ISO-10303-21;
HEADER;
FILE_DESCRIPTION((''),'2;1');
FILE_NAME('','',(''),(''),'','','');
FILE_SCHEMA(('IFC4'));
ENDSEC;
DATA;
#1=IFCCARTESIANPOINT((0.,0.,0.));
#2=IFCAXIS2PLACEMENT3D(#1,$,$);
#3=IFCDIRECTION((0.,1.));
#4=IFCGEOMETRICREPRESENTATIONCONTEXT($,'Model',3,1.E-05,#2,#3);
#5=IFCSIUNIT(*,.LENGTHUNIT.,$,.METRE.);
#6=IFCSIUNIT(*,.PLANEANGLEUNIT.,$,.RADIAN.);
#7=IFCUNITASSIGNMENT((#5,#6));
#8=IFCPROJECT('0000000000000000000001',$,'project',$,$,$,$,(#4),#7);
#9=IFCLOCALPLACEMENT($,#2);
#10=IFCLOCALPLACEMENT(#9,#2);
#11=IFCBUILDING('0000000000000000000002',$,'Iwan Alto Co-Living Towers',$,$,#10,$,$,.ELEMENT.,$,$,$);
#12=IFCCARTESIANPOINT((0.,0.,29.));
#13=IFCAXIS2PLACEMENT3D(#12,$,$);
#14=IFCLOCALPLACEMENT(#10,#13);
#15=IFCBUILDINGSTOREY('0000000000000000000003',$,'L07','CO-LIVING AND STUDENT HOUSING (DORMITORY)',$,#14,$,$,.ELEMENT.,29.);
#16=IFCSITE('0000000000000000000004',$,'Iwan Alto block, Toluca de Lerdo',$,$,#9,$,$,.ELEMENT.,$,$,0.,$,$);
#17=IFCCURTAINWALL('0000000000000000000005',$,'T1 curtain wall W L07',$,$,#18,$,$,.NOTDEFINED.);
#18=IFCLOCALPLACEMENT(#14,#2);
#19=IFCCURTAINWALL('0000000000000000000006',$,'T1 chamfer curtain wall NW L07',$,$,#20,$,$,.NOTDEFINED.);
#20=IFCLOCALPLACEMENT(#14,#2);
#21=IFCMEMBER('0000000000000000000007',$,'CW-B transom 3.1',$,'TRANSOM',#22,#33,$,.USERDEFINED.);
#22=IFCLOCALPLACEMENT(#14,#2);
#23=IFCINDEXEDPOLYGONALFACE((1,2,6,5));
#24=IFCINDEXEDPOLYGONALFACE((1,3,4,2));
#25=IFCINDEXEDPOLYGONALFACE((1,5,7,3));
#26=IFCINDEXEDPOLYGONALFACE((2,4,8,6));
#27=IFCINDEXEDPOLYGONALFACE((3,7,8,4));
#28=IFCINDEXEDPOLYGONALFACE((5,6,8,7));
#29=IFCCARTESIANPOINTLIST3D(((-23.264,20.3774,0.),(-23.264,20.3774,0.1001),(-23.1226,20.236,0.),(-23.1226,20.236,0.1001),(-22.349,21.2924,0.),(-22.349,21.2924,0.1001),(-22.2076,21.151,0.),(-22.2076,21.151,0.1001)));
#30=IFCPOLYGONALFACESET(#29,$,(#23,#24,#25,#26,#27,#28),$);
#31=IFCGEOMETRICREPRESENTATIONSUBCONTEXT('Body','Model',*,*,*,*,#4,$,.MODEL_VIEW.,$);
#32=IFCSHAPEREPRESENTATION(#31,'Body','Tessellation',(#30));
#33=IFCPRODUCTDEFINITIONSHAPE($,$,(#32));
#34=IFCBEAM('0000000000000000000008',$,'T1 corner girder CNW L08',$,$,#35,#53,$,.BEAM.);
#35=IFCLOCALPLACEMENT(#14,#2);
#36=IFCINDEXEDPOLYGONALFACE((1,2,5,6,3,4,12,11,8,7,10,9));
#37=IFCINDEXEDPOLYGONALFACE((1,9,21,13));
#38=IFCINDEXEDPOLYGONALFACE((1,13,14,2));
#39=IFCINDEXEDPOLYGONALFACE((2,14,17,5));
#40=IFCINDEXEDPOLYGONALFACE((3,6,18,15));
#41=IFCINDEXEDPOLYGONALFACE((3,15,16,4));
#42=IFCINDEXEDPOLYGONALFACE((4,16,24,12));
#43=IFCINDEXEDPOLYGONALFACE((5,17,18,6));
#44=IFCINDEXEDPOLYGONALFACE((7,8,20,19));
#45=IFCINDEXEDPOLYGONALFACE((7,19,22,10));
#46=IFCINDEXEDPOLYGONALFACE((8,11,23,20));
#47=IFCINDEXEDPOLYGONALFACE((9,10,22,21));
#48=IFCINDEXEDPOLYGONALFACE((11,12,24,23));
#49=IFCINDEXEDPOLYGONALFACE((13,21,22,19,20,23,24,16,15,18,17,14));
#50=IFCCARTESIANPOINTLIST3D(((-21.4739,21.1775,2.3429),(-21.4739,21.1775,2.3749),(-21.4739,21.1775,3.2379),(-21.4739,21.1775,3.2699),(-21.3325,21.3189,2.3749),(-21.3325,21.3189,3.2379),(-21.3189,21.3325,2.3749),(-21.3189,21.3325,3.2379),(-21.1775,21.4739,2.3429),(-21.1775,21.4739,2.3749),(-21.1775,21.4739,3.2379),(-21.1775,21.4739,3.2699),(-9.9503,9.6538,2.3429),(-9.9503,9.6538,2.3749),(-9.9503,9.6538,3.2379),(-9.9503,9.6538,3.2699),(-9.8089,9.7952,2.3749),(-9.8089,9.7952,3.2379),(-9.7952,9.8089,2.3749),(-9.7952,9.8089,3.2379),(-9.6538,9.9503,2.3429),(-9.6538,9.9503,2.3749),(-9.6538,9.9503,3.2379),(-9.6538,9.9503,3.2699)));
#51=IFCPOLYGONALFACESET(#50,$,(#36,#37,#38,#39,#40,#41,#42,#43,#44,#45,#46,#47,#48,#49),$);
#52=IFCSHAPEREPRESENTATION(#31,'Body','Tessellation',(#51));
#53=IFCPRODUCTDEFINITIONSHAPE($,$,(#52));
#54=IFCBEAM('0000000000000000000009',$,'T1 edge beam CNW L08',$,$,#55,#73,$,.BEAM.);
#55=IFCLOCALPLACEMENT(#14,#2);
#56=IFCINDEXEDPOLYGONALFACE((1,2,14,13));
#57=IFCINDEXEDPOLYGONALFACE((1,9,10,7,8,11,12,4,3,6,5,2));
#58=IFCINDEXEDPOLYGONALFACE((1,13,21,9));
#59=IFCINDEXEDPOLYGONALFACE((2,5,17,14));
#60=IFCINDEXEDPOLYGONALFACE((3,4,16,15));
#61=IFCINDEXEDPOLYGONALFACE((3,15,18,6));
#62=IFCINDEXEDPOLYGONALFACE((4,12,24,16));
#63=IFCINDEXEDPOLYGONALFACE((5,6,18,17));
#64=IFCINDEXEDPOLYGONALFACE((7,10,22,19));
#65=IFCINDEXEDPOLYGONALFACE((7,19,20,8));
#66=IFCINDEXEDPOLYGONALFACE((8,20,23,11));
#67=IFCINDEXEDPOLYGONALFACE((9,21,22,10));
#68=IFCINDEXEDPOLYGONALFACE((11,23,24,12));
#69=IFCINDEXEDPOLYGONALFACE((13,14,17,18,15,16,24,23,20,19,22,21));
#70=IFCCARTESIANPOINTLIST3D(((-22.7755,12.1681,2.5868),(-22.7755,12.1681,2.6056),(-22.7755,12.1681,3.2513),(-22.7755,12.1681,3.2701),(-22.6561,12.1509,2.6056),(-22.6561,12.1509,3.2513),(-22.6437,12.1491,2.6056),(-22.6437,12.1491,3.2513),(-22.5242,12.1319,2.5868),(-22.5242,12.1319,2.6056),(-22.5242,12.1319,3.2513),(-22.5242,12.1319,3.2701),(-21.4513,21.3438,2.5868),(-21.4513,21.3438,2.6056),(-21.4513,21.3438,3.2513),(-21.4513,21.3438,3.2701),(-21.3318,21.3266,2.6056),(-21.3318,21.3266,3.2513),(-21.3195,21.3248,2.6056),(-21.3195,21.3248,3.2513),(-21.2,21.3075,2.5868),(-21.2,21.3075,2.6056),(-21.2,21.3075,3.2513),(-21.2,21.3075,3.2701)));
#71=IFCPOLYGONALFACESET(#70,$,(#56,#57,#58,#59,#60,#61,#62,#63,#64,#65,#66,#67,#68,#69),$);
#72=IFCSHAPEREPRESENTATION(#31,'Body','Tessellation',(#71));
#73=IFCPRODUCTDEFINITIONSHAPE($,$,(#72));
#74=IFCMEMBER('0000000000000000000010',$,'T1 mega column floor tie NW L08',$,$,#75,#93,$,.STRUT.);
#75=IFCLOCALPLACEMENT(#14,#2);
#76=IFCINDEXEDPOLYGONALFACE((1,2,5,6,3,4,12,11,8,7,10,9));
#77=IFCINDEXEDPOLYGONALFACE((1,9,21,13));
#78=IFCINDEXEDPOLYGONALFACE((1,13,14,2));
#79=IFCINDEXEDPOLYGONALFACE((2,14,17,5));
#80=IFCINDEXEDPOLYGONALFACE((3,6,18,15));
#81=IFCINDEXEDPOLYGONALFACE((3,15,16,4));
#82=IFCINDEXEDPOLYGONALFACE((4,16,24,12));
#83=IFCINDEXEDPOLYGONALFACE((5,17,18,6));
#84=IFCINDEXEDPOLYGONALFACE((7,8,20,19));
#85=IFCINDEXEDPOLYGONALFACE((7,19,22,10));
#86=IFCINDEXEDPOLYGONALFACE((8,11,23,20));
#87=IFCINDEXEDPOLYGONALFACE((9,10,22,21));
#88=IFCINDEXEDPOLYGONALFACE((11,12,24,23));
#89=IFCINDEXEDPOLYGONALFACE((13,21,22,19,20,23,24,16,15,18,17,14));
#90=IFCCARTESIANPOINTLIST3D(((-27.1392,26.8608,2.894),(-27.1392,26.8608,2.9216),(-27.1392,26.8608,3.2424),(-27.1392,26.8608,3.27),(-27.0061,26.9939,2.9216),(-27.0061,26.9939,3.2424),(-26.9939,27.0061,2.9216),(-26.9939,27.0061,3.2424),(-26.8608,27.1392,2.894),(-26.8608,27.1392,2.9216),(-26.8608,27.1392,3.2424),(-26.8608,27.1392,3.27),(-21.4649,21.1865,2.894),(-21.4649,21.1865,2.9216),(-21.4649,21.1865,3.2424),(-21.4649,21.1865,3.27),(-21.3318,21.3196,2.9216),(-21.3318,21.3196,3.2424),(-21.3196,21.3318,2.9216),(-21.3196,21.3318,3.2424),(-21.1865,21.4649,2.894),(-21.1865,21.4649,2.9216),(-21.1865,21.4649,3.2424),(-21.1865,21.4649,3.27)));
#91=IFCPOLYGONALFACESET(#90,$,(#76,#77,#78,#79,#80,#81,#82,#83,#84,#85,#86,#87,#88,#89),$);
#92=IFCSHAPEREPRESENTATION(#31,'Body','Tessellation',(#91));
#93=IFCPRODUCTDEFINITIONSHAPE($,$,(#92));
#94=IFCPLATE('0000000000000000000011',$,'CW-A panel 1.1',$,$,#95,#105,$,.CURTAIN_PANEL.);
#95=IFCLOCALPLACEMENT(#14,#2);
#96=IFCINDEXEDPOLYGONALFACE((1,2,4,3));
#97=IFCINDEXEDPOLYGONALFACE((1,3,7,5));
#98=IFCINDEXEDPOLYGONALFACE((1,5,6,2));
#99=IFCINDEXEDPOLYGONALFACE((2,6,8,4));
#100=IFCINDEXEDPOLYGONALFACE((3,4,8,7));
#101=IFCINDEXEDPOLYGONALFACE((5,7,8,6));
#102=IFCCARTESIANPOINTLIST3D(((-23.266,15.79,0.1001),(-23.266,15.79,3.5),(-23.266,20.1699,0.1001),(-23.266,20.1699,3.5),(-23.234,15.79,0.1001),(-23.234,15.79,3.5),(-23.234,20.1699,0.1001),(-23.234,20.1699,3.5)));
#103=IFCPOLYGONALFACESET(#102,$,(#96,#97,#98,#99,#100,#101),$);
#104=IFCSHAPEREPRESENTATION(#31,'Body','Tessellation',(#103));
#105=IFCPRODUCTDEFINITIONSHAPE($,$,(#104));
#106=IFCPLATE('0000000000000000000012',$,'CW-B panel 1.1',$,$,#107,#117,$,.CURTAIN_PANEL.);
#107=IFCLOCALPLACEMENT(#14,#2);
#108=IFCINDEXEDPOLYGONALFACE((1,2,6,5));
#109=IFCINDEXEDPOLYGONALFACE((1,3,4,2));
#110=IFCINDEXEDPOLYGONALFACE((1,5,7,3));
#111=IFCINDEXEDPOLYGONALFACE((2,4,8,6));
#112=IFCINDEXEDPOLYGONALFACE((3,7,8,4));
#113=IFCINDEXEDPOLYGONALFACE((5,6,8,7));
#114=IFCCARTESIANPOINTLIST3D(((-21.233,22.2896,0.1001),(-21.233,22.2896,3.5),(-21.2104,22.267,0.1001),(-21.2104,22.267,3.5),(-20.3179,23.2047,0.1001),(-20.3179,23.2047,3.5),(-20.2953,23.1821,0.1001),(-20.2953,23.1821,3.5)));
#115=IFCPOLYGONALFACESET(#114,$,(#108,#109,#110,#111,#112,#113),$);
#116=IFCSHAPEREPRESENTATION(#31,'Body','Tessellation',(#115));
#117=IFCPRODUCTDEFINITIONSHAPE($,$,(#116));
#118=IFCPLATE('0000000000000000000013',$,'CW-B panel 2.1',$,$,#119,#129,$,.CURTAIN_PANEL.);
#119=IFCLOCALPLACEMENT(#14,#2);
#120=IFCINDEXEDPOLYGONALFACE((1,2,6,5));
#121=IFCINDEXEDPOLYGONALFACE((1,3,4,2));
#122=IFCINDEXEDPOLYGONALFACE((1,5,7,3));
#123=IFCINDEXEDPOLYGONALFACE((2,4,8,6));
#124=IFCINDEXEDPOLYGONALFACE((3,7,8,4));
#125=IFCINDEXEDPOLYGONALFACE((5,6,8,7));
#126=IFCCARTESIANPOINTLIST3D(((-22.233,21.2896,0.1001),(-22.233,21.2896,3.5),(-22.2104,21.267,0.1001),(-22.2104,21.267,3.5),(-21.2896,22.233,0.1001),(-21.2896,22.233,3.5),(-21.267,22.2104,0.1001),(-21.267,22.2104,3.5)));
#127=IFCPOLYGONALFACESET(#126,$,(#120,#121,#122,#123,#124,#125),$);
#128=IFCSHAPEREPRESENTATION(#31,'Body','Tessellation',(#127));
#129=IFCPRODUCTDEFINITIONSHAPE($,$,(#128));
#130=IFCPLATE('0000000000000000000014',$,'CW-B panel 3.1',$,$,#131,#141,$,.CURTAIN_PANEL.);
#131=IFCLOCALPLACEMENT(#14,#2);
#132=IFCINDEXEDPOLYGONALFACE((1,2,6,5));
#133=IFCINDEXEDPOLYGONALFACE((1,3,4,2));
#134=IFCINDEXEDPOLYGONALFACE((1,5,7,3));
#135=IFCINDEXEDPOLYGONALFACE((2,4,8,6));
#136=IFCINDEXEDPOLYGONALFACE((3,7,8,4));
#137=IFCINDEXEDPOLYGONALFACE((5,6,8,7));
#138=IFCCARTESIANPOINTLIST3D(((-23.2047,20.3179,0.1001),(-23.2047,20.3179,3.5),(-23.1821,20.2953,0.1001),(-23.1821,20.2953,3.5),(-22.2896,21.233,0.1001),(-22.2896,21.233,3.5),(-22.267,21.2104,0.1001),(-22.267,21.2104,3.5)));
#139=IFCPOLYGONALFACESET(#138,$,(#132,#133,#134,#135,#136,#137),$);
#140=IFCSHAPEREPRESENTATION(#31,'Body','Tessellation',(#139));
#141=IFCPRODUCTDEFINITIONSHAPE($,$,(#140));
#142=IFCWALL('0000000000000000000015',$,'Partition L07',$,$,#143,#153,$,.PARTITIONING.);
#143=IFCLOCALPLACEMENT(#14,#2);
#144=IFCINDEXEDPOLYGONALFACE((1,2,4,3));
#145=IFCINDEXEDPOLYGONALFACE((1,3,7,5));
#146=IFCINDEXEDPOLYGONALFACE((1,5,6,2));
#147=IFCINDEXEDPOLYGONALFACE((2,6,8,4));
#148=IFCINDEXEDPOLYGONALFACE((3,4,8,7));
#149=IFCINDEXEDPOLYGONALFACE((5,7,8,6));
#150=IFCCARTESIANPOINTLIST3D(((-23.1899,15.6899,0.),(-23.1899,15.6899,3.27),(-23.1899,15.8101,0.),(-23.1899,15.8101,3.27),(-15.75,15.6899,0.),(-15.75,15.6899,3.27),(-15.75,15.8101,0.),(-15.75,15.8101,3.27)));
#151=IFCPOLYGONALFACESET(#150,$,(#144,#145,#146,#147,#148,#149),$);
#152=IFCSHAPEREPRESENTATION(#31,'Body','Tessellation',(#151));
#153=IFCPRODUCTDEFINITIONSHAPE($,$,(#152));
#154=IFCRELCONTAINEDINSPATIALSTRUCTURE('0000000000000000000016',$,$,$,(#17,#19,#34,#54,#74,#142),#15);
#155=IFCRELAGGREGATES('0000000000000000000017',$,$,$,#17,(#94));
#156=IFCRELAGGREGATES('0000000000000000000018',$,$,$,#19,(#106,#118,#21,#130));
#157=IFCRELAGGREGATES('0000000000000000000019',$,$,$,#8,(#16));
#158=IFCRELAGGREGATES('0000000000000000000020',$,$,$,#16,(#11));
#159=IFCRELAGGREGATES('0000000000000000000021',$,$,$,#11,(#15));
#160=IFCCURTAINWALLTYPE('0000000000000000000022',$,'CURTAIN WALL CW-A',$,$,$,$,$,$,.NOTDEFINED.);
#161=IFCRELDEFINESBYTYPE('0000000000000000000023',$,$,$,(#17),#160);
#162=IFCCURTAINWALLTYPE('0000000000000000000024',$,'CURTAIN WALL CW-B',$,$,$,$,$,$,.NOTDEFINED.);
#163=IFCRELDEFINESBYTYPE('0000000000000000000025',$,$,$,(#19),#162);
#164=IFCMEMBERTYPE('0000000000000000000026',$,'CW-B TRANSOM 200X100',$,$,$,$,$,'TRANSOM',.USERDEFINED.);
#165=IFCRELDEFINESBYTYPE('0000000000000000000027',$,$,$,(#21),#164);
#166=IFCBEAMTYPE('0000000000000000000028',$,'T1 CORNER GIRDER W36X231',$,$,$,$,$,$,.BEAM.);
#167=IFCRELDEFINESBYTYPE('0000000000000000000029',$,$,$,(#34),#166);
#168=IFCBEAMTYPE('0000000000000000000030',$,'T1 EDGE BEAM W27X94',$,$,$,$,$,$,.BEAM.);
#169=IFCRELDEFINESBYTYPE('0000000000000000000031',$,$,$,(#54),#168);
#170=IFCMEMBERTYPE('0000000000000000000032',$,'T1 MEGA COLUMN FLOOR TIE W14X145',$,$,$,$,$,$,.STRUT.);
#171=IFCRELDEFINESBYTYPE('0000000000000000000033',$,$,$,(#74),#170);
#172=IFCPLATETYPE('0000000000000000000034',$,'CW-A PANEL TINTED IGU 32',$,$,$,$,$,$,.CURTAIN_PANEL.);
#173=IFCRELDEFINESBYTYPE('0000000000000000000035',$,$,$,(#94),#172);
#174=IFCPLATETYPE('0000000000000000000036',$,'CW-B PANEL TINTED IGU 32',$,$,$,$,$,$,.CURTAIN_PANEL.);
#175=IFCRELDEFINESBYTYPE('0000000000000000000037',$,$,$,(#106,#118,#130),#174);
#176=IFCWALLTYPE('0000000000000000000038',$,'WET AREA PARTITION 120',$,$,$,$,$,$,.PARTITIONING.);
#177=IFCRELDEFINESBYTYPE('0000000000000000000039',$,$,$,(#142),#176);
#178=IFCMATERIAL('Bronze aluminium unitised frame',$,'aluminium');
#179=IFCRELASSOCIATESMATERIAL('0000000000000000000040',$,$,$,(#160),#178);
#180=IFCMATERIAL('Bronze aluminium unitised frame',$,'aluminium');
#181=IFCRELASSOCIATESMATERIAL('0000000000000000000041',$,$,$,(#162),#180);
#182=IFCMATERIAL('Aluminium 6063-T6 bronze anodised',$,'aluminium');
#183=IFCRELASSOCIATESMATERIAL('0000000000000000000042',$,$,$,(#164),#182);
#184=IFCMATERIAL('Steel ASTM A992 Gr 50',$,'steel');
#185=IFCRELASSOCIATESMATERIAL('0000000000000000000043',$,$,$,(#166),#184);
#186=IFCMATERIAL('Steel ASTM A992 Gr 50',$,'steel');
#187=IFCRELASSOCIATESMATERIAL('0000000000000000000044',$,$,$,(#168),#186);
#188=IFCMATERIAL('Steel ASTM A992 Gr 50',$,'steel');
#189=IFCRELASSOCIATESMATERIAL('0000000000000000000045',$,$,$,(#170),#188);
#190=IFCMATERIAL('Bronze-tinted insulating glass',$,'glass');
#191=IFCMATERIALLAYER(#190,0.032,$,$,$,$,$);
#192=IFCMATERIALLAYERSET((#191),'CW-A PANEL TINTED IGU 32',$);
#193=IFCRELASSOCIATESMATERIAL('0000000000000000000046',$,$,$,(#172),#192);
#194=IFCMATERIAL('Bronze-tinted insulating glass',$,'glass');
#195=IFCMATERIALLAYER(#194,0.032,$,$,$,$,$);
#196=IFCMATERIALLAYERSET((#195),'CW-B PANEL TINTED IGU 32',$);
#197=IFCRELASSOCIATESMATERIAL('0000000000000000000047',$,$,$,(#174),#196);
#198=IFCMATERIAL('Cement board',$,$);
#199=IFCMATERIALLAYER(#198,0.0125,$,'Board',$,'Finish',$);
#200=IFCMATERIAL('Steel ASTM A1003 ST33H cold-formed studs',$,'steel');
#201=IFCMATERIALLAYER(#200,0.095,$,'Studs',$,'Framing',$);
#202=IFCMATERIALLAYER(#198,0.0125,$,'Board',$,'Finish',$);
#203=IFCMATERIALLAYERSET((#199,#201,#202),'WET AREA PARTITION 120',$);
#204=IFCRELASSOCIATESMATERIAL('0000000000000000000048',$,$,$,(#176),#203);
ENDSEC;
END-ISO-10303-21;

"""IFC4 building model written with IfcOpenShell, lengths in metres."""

from ifc_helpers import new_model, si_unit, direction, frame, frame_2d, origin, origin_2d, place, context, subcontext, project, spatial, rectangle, i_section, extrude, material, layer, layer_set, material_profile, profile_set, type_object, element, aggregate, save


model = new_model("IFC4")

# Units and contexts
model_context = context("Model", 3, precision=1e-05, world=origin(), true_north=direction((0.0, 1.0)))
body_context = subcontext(model_context, "Body", "Model", "MODEL_VIEW")
ifc_project = project(units=[si_unit("LENGTHUNIT", "METRE"), si_unit("PLANEANGLEUNIT", "RADIAN")], contexts=[model_context])

# Site, building, storey
site_placement = place(None, origin())
site = spatial("IfcSite", under=ifc_project, at=site_placement, Name="Iwan Alto block, Toluca de Lerdo", CompositionType="ELEMENT", RefElevation=0.0)
building_placement = place(site_placement, origin())
building = spatial("IfcBuilding", under=site, at=building_placement, Name="Iwan Alto Co-Living Towers", CompositionType="ELEMENT")
storey_placement = place(building_placement, frame((0.0, 0.0, 29.0)))
storey = spatial("IfcBuildingStorey", under=building, at=storey_placement, Name="L07", Description="CO-LIVING AND STUDENT HOUSING (DORMITORY)", CompositionType="ELEMENT", Elevation=29.0)

# Shared definitions
ifc_material_1 = material(Name="Bronze aluminium unitised frame", Category="aluminium")
curtain_wall_type_1 = type_object("IfcCurtainWallType", Name="CURTAIN WALL CW-A", PredefinedType="NOTDEFINED", material=ifc_material_1)

# Curtain walls, member
curtain_wall_1_placement = place(storey_placement, origin())
curtain_wall_1 = element("IfcCurtainWall", 1, at=curtain_wall_1_placement, inside=storey, type_object=curtain_wall_type_1, Name="T1 curtain wall W L07", PredefinedType="NOTDEFINED")
ifc_material_2 = material(Name="Bronze aluminium unitised frame", Category="aluminium")
curtain_wall_type_2 = type_object("IfcCurtainWallType", Name="CURTAIN WALL CW-B", PredefinedType="NOTDEFINED", material=ifc_material_2)
curtain_wall_2_placement = place(storey_placement, origin())
curtain_wall_2 = element("IfcCurtainWall", 2, at=curtain_wall_2_placement, inside=storey, type_object=curtain_wall_type_2, Name="T1 chamfer curtain wall NW L07", PredefinedType="NOTDEFINED")
ifc_material_3 = material(Name="Aluminium 6063-T6 bronze anodised", Category="aluminium")
ifc_material_profile_1 = material_profile(ifc_material_3, rectangle(XDim=0.2, YDim=0.1001, at=origin_2d()), Name="AL 200X100")
ifc_profile_set_1 = profile_set([ifc_material_profile_1], Name="Aluminium 6063-T6 bronze anodised")
member_type_1 = type_object("IfcMemberType", Name="CW-B TRANSOM 200X100", ElementType="TRANSOM", PredefinedType="USERDEFINED", material=ifc_profile_set_1)
member_1_placement = place(storey_placement, frame((-22.2783, 21.2217, 0.05), z_axis=(-0.707107, -0.707107, 0.0), x_axis=(0.707107, -0.707107, 0.0)))
member_1 = element("IfcMember", 3, at=member_1_placement, type_object=member_type_1, Name="CW-B transom 3.1", ObjectType="TRANSOM", PredefinedType="USERDEFINED", context=body_context, shape_type="SweptSolid", body=[
    extrude(rectangle(XDim=0.2, YDim=0.1001, at=origin_2d()), origin(), (0.0, 0.0, 1.0), 1.2939),
])

# Beams
ifc_material_4 = material(Name="Steel ASTM A992 Gr 50", Category="steel")
ifc_material_profile_2 = material_profile(ifc_material_4, i_section(OverallWidth=0.4192, OverallDepth=0.927, WebThickness=0.0193, FlangeThickness=0.032, at=origin_2d()), Name="W36X231")
ifc_profile_set_2 = profile_set([ifc_material_profile_2], Name="Steel ASTM A992 Gr 50")
beam_type_1 = type_object("IfcBeamType", Name="T1 CORNER GIRDER W36X231", PredefinedType="BEAM", material=ifc_profile_set_2)
beam_1_placement = place(storey_placement, frame((-21.3257, 21.3257, 2.8064), z_axis=(0.707107, -0.707107, 0.0), x_axis=(0.707107, 0.707107, 0.0)))
element("IfcBeam", 4, at=beam_1_placement, inside=storey, type_object=beam_type_1, Name="T1 corner girder CNW L08", PredefinedType="BEAM", context=body_context, shape_type="SweptSolid", body=[
    extrude(i_section(OverallWidth=0.4192, OverallDepth=0.927, WebThickness=0.0193, FlangeThickness=0.032, at=origin_2d()), origin(), (0.0, 0.0, 1.0), 16.2969),
])
ifc_material_5 = material(Name="Steel ASTM A992 Gr 50", Category="steel")
ifc_material_profile_3 = material_profile(ifc_material_5, i_section(OverallWidth=0.2539, OverallDepth=0.6833, WebThickness=0.0125, FlangeThickness=0.0188, at=origin_2d()), Name="W27X94")
ifc_profile_set_3 = profile_set([ifc_material_profile_3], Name="Steel ASTM A992 Gr 50")
beam_type_2 = type_object("IfcBeamType", Name="T1 EDGE BEAM W27X94", PredefinedType="BEAM", material=ifc_profile_set_3)
beam_2_placement = place(storey_placement, frame((-21.3257, 21.3257, 2.9285), z_axis=(-0.142837, -0.989746, 0.0), x_axis=(0.989746, -0.142837, 0.0)))
element("IfcBeam", 5, at=beam_2_placement, inside=storey, type_object=beam_type_2, Name="T1 edge beam CNW L08", PredefinedType="BEAM", context=body_context, shape_type="SweptSolid", body=[
    extrude(i_section(OverallWidth=0.2539, OverallDepth=0.6833, WebThickness=0.0125, FlangeThickness=0.0188, at=origin_2d()), origin(), (0.0, 0.0, 1.0), 9.2708),
])

# Member
ifc_material_6 = material(Name="Steel ASTM A992 Gr 50", Category="steel")
ifc_material_profile_4 = material_profile(ifc_material_6, i_section(OverallWidth=0.3938, OverallDepth=0.376, WebThickness=0.0173, FlangeThickness=0.0276, at=origin_2d()), Name="W14X145")
ifc_profile_set_4 = profile_set([ifc_material_profile_4], Name="Steel ASTM A992 Gr 50")
member_type_2 = type_object("IfcMemberType", Name="T1 MEGA COLUMN FLOOR TIE W14X145", PredefinedType="STRUT", material=ifc_profile_set_4)
member_2_placement = place(storey_placement, frame((-27.0, 27.0, 3.082), z_axis=(0.707107, -0.707107, 0.0), x_axis=(0.707107, 0.707107, 0.0)))
element("IfcMember", 6, at=member_2_placement, inside=storey, type_object=member_type_2, Name="T1 mega column floor tie NW L08", PredefinedType="STRUT", context=body_context, shape_type="SweptSolid", body=[
    extrude(i_section(OverallWidth=0.3938, OverallDepth=0.376, WebThickness=0.0173, FlangeThickness=0.0276, at=origin_2d()), origin(), (0.0, 0.0, 1.0), 8.0247),
])

# Plates
ifc_material_7 = material(Name="Bronze-tinted insulating glass", Category="glass")
ifc_layer_1 = layer(ifc_material_7, 0.032)
ifc_layer_set_1 = layer_set([ifc_layer_1], Name="CW-A PANEL TINTED IGU 32")
plate_type_1 = type_object("IfcPlateType", Name="CW-A PANEL TINTED IGU 32", PredefinedType="CURTAIN_PANEL", material=ifc_layer_set_1)
plate_1_placement = place(storey_placement, frame((-23.25, 17.98, 0.1001), z_axis=(0.0, 0.0, 1.0), x_axis=(0.0, -1.0, 0.0)))
plate_1 = element("IfcPlate", 7, at=plate_1_placement, type_object=plate_type_1, Name="CW-A panel 1.1", PredefinedType="CURTAIN_PANEL", context=body_context, shape_type="SweptSolid", body=[
    extrude(rectangle(XDim=4.3799, YDim=0.032, at=origin_2d()), origin(), (0.0, 0.0, 1.0), 3.3999),
])
aggregate(curtain_wall_1, [plate_1])
ifc_material_8 = material(Name="Bronze-tinted insulating glass", Category="glass")
ifc_layer_2 = layer(ifc_material_8, 0.032)
ifc_layer_set_2 = layer_set([ifc_layer_2], Name="CW-B PANEL TINTED IGU 32")
plate_type_2 = type_object("IfcPlateType", Name="CW-B PANEL TINTED IGU 32", PredefinedType="CURTAIN_PANEL", material=ifc_layer_set_2)
plate_2_placement = place(storey_placement, frame((-20.7642, 22.7358, 0.1001), z_axis=(0.0, 0.0, 1.0), x_axis=(-0.707107, -0.707107, 0.0)))
plate_2 = element("IfcPlate", 8, at=plate_2_placement, type_object=plate_type_2, Name="CW-B panel 1.1", PredefinedType="CURTAIN_PANEL", context=body_context, shape_type="SweptSolid", body=[
    extrude(rectangle(XDim=1.2942, YDim=0.032, at=origin_2d()), origin(), (0.0, 0.0, 1.0), 3.3999),
])
plate_3_placement = place(storey_placement, frame((-21.75, 21.75, 0.1001), z_axis=(0.0, 0.0, 1.0), x_axis=(-0.707107, -0.707107, 0.0)))
plate_3 = element("IfcPlate", 9, at=plate_3_placement, type_object=plate_type_2, Name="CW-B panel 2.1", PredefinedType="CURTAIN_PANEL", context=body_context, shape_type="SweptSolid", body=[
    extrude(rectangle(XDim=1.3342, YDim=0.032, at=origin_2d()), origin(), (0.0, 0.0, 1.0), 3.3999),
])
plate_4_placement = place(storey_placement, frame((-22.7358, 20.7642, 0.1001), z_axis=(0.0, 0.0, 1.0), x_axis=(-0.707107, -0.707107, 0.0)))
plate_4 = element("IfcPlate", 10, at=plate_4_placement, type_object=plate_type_2, Name="CW-B panel 3.1", PredefinedType="CURTAIN_PANEL", context=body_context, shape_type="SweptSolid", body=[
    extrude(rectangle(XDim=1.2942, YDim=0.032, at=origin_2d()), origin(), (0.0, 0.0, 1.0), 3.3999),
])
aggregate(curtain_wall_2, [plate_2, plate_3, member_1, plate_4])

# Wall
ifc_material_9 = material(Name="Cement board")
ifc_layer_3 = layer(ifc_material_9, 0.0125, Name="Board", Category="Finish")
ifc_material_10 = material(Name="Steel ASTM A1003 ST33H cold-formed studs", Category="steel")
ifc_layer_4 = layer(ifc_material_10, 0.095, Name="Studs", Category="Framing")
ifc_layer_5 = layer(ifc_material_9, 0.0125, Name="Board", Category="Finish")
ifc_layer_set_3 = layer_set([ifc_layer_3, ifc_layer_4, ifc_layer_5], Name="WET AREA PARTITION 120")
wall_type = type_object("IfcWallType", Name="WET AREA PARTITION 120", PredefinedType="PARTITIONING", material=ifc_layer_set_3)
wall_placement = place(storey_placement, frame((-23.1899, 15.75, 0.0), z_axis=(0.0, 0.0, 1.0), x_axis=(1.0, 0.0, 0.0)))
element("IfcWall", 11, at=wall_placement, inside=storey, type_object=wall_type, Name="Partition L07", PredefinedType="PARTITIONING", context=body_context, shape_type="SweptSolid", body=[
    extrude(rectangle(XDim=7.4399, YDim=0.1201, at=frame_2d((3.72, 0.0))), origin(), (0.0, 0.0, 1.0), 3.27),
])

save(model, "model.ifc")
